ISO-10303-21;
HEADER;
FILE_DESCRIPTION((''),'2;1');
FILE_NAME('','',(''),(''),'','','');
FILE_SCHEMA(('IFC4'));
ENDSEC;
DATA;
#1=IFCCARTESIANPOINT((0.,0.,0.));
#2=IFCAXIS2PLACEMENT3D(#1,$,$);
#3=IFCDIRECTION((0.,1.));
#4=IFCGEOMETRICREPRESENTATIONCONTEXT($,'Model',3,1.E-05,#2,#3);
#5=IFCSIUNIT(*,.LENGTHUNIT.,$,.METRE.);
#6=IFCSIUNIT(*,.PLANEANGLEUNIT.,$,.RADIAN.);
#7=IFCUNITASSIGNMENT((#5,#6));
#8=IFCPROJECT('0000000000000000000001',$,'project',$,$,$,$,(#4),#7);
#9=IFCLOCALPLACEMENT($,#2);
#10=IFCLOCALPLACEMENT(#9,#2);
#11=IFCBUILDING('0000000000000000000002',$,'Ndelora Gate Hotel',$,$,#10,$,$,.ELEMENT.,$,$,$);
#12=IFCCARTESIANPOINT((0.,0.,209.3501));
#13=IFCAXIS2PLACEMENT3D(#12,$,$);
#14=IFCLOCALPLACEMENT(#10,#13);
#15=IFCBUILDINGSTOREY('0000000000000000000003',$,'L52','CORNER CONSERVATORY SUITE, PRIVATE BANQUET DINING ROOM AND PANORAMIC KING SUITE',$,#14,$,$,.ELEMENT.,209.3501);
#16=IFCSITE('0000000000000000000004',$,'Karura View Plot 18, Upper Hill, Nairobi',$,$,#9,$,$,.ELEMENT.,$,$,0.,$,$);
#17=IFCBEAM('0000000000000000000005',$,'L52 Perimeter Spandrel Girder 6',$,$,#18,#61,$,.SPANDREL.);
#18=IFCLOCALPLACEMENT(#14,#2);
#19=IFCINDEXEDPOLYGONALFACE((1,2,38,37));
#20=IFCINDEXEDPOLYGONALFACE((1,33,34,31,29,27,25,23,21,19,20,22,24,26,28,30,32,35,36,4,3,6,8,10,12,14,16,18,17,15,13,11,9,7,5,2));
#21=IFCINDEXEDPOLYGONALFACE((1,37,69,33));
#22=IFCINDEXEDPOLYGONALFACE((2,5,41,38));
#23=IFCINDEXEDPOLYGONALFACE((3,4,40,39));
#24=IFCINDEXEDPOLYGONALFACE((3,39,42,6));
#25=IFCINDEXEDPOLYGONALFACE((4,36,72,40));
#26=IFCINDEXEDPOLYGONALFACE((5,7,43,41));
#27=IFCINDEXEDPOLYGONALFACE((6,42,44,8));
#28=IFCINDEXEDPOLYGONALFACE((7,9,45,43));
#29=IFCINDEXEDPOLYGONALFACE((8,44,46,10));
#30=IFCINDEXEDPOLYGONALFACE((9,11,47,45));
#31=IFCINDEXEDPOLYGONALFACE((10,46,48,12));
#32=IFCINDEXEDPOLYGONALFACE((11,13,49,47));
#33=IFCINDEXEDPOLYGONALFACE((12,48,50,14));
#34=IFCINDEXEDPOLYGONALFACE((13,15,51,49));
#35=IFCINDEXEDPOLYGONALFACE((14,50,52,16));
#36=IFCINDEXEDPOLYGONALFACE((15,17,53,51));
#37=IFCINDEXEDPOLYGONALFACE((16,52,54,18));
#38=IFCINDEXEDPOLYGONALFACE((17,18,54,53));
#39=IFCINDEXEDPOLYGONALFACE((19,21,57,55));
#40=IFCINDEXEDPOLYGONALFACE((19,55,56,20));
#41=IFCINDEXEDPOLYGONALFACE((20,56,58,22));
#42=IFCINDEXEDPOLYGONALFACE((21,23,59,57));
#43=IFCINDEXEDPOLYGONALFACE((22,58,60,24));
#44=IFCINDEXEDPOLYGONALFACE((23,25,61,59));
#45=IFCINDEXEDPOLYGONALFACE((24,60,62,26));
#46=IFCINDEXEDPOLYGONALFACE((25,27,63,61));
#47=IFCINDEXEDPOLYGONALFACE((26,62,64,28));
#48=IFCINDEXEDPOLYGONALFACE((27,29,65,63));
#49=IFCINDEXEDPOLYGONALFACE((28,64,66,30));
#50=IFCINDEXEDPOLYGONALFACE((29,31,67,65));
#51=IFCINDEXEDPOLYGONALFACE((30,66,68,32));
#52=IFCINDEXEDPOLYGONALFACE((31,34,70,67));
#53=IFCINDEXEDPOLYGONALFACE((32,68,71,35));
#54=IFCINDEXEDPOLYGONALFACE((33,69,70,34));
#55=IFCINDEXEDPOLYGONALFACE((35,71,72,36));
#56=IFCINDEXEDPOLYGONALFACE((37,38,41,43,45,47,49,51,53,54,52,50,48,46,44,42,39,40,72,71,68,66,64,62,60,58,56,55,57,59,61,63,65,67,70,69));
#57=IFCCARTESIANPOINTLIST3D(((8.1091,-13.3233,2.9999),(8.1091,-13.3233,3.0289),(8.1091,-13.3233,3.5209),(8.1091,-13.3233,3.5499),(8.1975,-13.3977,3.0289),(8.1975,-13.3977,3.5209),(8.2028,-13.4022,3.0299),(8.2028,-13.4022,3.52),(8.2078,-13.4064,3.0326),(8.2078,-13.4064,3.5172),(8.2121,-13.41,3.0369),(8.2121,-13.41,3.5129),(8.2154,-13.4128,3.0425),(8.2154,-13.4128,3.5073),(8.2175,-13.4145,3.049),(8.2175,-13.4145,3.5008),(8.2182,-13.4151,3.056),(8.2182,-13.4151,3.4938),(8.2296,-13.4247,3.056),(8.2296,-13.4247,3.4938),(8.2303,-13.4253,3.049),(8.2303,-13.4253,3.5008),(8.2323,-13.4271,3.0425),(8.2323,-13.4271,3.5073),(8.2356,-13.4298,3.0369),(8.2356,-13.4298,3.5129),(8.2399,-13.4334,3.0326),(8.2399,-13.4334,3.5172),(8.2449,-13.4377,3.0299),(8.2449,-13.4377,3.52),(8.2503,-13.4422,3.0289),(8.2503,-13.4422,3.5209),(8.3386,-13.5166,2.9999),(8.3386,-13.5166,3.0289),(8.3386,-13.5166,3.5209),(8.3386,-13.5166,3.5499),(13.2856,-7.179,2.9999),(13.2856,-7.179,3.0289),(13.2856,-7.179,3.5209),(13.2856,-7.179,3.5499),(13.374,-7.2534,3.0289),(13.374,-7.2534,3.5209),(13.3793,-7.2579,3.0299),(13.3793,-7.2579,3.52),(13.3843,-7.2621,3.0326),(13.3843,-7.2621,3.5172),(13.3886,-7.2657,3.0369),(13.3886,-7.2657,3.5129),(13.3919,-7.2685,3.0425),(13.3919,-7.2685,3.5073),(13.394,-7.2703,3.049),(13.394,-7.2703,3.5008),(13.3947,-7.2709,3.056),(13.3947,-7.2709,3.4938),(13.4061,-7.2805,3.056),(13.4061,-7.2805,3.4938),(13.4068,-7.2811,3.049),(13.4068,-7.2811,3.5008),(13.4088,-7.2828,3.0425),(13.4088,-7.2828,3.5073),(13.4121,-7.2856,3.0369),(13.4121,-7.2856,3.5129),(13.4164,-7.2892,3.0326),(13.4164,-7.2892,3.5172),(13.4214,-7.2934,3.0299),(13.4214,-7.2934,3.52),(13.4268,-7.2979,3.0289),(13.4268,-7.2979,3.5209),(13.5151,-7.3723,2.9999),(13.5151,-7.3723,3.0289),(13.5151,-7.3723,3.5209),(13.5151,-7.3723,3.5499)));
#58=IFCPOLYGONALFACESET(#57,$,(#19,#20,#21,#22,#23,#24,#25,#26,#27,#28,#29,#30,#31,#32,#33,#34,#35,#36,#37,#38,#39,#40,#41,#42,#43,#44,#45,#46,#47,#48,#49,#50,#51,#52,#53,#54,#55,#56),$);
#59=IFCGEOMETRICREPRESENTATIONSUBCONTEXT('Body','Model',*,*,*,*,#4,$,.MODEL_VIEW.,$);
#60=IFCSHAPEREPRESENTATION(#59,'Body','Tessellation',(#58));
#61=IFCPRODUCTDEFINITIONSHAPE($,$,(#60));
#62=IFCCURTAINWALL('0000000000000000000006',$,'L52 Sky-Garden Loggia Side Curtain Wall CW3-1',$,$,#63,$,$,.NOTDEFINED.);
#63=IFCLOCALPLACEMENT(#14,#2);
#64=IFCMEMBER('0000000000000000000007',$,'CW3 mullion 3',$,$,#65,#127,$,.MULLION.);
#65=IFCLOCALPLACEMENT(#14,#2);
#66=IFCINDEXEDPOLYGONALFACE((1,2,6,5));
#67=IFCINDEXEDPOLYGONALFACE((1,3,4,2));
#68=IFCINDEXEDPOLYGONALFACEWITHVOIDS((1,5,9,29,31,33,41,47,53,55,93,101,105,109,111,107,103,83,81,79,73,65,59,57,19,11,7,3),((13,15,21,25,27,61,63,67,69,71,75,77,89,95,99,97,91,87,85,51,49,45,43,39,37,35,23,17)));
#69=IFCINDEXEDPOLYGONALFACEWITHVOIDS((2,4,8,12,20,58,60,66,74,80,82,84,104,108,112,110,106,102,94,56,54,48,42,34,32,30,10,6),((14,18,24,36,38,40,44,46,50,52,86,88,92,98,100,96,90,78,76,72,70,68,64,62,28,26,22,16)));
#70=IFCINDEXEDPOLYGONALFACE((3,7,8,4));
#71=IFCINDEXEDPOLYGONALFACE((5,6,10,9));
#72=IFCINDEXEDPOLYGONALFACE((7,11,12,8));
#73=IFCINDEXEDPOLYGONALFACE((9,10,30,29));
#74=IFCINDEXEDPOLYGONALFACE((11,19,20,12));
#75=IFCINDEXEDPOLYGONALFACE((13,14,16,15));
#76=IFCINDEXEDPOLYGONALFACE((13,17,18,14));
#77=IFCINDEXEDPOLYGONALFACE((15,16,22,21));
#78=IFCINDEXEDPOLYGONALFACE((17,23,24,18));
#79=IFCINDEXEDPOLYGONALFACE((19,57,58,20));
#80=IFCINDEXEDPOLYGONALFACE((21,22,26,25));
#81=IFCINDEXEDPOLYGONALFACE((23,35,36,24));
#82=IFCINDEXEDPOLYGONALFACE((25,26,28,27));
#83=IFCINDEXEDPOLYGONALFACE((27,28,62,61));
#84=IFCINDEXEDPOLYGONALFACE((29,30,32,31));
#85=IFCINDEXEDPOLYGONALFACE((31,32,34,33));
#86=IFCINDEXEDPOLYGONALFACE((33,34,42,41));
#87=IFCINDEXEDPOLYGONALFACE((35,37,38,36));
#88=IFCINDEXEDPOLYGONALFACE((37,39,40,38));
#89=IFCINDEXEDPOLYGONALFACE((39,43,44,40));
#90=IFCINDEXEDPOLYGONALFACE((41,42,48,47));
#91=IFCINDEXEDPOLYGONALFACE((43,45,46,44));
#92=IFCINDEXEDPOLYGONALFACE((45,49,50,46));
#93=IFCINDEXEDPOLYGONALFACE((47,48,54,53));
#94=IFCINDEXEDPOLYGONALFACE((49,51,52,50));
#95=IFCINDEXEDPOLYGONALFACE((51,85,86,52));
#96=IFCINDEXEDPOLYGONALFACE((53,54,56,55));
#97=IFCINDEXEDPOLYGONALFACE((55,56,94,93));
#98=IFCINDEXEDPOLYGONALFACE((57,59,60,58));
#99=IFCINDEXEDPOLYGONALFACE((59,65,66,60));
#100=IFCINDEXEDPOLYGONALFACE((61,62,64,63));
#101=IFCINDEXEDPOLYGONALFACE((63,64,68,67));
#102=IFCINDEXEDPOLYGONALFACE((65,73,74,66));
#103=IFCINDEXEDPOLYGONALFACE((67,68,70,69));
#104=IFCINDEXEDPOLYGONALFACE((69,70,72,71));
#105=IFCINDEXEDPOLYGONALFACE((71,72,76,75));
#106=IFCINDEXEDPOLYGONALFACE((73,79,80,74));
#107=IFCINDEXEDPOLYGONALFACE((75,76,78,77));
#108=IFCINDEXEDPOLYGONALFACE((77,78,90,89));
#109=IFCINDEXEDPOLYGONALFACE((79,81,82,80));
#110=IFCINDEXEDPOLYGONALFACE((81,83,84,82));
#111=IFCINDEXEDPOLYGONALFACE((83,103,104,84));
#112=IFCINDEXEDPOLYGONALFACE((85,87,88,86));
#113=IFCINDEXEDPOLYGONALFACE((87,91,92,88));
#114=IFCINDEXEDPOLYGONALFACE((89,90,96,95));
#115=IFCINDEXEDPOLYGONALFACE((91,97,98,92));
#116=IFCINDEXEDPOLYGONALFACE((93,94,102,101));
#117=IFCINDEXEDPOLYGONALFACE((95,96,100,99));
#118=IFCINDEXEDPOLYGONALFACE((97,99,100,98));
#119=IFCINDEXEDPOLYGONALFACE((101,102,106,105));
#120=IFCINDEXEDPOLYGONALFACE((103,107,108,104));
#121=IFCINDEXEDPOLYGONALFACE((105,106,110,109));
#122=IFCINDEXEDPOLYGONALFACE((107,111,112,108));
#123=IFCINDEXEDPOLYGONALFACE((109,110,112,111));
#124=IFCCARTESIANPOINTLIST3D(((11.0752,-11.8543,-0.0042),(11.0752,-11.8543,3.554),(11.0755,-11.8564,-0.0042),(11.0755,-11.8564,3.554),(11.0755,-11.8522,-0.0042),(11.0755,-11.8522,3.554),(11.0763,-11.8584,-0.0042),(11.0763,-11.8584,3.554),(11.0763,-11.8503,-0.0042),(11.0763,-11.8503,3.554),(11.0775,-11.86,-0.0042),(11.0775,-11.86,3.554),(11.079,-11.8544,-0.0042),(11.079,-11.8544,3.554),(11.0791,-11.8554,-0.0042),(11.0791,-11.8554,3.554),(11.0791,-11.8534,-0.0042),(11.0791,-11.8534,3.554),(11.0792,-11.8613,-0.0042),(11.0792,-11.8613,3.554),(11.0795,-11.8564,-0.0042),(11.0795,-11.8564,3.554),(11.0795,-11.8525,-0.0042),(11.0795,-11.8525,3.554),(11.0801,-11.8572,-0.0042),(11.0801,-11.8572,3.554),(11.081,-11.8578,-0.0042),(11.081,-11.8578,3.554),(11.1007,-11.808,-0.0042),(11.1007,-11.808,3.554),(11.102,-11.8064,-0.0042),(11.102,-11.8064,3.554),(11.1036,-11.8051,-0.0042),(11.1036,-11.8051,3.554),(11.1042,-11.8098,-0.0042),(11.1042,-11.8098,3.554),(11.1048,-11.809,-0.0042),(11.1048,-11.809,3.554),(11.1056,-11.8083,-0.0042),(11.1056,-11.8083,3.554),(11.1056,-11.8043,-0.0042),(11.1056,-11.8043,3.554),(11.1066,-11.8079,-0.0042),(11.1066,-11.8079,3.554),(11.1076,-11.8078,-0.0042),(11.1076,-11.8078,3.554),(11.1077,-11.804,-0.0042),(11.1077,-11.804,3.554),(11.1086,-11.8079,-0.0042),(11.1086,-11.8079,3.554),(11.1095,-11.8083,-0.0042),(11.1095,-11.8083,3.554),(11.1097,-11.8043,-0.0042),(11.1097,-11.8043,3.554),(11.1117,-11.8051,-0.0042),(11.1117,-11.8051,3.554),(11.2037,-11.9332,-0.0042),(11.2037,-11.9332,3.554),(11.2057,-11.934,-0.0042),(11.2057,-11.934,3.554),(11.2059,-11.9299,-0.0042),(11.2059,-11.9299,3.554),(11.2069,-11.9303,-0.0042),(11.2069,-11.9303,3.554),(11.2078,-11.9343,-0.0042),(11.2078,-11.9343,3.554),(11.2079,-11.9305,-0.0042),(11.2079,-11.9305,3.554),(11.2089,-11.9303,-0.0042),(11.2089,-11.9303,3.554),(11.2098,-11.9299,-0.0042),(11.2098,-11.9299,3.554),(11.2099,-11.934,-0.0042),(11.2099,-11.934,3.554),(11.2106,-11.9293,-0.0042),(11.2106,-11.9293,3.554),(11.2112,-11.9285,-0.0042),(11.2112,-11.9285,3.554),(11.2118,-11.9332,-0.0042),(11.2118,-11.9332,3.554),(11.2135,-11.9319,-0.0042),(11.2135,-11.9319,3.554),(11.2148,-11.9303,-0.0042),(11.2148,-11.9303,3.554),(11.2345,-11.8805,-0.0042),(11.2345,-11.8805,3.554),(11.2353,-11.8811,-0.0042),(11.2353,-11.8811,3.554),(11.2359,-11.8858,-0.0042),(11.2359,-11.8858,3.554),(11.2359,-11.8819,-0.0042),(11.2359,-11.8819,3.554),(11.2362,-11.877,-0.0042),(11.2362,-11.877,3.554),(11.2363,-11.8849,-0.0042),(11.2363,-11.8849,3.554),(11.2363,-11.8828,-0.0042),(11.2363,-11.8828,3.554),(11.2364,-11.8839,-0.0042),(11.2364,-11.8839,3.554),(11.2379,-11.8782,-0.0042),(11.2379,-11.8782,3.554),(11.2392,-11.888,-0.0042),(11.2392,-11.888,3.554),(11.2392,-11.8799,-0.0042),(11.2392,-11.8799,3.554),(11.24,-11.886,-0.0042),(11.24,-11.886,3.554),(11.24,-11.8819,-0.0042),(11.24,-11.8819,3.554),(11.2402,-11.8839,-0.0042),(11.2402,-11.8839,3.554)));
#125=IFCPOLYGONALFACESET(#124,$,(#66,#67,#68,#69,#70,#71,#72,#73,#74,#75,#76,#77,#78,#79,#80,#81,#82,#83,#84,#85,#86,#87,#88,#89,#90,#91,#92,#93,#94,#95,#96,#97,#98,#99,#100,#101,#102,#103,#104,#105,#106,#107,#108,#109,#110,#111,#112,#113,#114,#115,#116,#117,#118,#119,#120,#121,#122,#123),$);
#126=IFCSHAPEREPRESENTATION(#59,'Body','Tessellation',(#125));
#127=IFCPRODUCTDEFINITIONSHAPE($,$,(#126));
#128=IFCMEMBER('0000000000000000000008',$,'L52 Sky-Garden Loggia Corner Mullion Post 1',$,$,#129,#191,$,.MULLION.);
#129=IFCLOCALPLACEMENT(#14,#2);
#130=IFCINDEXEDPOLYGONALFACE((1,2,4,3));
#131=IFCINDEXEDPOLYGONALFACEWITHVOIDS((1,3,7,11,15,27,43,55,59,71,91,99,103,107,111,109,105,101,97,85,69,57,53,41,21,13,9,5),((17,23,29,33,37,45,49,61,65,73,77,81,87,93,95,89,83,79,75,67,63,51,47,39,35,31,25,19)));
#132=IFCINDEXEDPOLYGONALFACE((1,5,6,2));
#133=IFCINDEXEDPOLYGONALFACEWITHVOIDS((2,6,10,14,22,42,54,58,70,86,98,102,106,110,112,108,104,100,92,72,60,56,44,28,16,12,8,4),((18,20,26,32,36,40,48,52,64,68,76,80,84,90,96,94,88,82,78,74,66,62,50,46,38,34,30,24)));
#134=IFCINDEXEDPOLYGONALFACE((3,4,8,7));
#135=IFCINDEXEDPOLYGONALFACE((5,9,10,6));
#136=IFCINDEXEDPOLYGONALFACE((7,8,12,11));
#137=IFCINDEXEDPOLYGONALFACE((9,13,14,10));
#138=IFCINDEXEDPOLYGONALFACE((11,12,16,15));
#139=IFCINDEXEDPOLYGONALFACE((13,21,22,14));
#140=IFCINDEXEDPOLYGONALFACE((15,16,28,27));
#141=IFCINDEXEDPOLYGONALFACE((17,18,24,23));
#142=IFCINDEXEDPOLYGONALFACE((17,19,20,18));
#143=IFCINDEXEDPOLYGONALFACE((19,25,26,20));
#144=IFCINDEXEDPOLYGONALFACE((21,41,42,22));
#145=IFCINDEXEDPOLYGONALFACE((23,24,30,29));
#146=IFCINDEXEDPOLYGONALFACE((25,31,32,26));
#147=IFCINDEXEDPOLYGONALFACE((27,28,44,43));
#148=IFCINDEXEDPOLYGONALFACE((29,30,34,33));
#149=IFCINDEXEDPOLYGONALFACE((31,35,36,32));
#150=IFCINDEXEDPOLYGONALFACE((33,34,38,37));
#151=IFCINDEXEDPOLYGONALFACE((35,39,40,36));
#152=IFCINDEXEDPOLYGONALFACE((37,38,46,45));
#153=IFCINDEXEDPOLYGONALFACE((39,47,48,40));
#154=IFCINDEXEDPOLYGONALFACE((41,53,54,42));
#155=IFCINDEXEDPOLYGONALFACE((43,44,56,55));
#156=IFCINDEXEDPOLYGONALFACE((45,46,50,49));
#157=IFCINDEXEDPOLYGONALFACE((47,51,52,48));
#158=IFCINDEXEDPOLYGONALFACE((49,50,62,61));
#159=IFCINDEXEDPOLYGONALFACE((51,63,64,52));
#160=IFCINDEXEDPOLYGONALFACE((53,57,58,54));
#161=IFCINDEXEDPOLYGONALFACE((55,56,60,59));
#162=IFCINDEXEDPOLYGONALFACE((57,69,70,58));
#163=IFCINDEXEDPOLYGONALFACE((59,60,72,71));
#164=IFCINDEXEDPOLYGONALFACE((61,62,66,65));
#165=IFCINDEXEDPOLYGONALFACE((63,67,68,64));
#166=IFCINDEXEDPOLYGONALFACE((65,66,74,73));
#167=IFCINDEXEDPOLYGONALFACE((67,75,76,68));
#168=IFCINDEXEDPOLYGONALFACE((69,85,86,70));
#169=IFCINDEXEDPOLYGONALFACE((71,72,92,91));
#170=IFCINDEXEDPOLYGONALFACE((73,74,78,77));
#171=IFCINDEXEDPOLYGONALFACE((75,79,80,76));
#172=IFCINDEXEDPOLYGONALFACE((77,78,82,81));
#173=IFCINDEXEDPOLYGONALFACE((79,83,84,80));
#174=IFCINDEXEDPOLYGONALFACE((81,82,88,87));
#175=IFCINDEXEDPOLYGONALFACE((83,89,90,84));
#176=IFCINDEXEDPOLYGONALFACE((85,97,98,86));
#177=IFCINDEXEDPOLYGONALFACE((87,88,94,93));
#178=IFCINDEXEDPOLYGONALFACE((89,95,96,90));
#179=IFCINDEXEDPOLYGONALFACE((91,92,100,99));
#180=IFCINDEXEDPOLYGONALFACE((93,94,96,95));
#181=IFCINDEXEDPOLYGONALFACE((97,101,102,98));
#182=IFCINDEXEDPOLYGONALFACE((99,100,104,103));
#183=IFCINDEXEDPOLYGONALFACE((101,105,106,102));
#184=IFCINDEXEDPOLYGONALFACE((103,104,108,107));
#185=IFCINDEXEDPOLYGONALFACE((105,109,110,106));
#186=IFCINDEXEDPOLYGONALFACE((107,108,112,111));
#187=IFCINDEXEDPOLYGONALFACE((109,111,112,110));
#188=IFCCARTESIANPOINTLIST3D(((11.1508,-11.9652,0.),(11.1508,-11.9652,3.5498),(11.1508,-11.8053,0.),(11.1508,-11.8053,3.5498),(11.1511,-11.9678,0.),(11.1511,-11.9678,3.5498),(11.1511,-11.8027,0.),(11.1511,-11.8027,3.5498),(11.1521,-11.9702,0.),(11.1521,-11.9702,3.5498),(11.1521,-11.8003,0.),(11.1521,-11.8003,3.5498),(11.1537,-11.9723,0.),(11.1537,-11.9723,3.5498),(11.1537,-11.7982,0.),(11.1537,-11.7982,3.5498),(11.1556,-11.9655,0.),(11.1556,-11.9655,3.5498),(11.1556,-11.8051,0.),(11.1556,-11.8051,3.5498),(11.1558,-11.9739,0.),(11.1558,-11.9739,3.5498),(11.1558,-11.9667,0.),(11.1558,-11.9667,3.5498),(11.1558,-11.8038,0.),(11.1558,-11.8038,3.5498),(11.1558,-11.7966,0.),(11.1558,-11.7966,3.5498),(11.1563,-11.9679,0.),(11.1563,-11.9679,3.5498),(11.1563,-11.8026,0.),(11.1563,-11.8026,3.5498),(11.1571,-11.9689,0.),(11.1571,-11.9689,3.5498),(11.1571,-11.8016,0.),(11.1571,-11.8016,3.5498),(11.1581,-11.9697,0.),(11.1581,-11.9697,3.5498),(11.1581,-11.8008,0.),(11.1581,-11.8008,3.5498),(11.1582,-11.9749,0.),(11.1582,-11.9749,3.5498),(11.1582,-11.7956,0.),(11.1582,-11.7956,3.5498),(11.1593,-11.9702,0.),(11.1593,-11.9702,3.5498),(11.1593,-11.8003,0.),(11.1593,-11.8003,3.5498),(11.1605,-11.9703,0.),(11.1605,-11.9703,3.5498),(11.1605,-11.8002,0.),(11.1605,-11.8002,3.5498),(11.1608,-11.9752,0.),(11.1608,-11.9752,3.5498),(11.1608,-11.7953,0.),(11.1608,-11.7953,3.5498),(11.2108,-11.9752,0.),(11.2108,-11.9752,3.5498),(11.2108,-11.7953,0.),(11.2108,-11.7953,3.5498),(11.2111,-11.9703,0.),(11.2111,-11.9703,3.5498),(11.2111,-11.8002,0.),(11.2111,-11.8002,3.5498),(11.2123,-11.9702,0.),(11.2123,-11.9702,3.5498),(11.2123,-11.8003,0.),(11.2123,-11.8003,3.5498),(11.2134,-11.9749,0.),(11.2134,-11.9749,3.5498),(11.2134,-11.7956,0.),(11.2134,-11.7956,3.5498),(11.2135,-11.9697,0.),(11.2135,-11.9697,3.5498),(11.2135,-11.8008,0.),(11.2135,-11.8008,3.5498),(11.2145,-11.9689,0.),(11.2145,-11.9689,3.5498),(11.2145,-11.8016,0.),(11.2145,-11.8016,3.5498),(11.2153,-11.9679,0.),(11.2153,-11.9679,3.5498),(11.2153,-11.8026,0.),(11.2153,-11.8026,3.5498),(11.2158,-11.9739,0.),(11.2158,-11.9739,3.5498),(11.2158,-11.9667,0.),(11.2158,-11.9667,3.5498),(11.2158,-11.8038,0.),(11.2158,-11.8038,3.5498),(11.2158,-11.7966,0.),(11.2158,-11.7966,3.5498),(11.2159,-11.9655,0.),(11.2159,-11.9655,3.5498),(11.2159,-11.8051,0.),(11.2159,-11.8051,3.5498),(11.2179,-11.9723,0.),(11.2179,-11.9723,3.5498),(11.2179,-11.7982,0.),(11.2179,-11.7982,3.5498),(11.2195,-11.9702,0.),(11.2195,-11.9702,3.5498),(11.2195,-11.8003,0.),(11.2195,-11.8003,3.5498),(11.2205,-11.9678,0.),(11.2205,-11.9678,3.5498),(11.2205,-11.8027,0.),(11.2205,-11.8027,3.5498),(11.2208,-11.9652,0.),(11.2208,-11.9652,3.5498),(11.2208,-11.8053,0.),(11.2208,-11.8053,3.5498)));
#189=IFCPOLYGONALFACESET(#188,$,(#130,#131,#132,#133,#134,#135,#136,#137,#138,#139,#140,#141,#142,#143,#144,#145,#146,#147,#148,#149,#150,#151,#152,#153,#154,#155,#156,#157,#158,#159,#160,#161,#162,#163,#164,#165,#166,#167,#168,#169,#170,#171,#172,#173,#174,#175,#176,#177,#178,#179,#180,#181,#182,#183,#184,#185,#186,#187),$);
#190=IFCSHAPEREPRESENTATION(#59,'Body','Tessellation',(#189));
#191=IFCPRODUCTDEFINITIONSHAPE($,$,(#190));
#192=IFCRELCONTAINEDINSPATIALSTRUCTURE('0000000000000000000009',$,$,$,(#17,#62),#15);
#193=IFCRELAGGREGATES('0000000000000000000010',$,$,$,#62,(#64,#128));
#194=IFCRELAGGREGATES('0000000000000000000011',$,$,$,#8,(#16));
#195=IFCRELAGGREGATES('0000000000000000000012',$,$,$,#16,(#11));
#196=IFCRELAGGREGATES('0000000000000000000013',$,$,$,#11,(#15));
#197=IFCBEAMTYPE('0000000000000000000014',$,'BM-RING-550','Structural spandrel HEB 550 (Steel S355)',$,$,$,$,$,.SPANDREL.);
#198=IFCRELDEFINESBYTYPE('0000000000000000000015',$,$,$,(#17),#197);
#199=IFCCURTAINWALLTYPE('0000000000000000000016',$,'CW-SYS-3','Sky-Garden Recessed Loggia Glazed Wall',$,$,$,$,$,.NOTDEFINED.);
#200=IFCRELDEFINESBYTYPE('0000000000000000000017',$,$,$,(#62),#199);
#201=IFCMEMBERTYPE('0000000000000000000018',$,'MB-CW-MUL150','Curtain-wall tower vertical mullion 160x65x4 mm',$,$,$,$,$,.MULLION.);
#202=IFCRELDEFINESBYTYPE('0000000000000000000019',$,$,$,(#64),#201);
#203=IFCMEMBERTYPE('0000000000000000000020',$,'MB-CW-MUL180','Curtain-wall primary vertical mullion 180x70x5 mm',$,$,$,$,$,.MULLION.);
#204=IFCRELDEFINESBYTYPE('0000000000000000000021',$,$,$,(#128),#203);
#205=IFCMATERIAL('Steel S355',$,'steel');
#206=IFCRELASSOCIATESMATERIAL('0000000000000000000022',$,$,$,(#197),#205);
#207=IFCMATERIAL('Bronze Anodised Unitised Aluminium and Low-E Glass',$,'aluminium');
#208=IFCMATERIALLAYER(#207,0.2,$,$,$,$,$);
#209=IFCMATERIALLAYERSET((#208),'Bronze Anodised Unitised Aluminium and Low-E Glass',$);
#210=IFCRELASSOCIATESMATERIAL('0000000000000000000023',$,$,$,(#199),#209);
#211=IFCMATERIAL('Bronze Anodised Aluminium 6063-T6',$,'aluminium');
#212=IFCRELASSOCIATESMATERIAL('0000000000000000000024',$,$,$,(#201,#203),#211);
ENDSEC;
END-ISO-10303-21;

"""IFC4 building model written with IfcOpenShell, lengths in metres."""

from ifc_helpers import new_model, si_unit, direction, frame, origin, origin_2d, place, context, subcontext, project, spatial, hollow_rectangle, i_section, extrude, material, layer, layer_set, material_profile, profile_set, type_object, element, aggregate, save


model = new_model("IFC4")

# Units and contexts
model_context = context("Model", 3, precision=1e-05, world=origin(), true_north=direction((0.0, 1.0)))
body_context = subcontext(model_context, "Body", "Model", "MODEL_VIEW")
ifc_project = project(units=[si_unit("LENGTHUNIT", "METRE"), si_unit("PLANEANGLEUNIT", "RADIAN")], contexts=[model_context])

# Site, building, storey
site_placement = place(None, origin())
site = spatial("IfcSite", under=ifc_project, at=site_placement, Name="Karura View Plot 18, Upper Hill, Nairobi", CompositionType="ELEMENT", RefElevation=0.0)
building_placement = place(site_placement, origin())
building = spatial("IfcBuilding", under=site, at=building_placement, Name="Ndelora Gate Hotel", CompositionType="ELEMENT")
storey_placement = place(building_placement, frame((0.0, 0.0, 209.3501)))
storey = spatial("IfcBuildingStorey", under=building, at=storey_placement, Name="L52", Description="CORNER CONSERVATORY SUITE, PRIVATE BANQUET DINING ROOM AND PANORAMIC KING SUITE", CompositionType="ELEMENT", Elevation=209.3501)

# Beam
ifc_material_1 = material(Name="Steel S355", Category="steel")
ifc_material_profile_1 = material_profile(ifc_material_1, i_section(OverallWidth=0.3, OverallDepth=0.55, WebThickness=0.0149, FlangeThickness=0.0291, FilletRadius=0.0271, at=origin_2d()), Name="HEB 550")
ifc_profile_set_1 = profile_set([ifc_material_profile_1], Name="Steel S355")
beam_type_1 = type_object("IfcBeamType", Name="BM-RING-550", Description="Structural spandrel HEB 550 (Steel S355)", PredefinedType="SPANDREL", material=ifc_profile_set_1)
beam_1_placement = place(storey_placement, frame((8.2239, -13.4199, 3.2749), z_axis=(0.644309, 0.764765, 0.0), x_axis=(-0.764765, 0.644309, 0.0)))
element("IfcBeam", 1, at=beam_1_placement, inside=storey, type_object=beam_type_1, Name="L52 Perimeter Spandrel Girder 6", PredefinedType="SPANDREL", context=body_context, shape_type="SweptSolid", body=[
    extrude(i_section(OverallWidth=0.3, OverallDepth=0.55, WebThickness=0.0149, FlangeThickness=0.0291, FilletRadius=0.0271, at=origin_2d()), origin(), (0.0, 0.0, 1.0), 8.0342),
])

# Curtain wall, members
ifc_material_2 = material(Name="Bronze Anodised Unitised Aluminium and Low-E Glass", Category="aluminium")
ifc_layer_1 = layer(ifc_material_2, 0.2)
ifc_layer_set_1 = layer_set([ifc_layer_1], Name="Bronze Anodised Unitised Aluminium and Low-E Glass")
curtain_wall_type = type_object("IfcCurtainWallType", Name="CW-SYS-3", Description="Sky-Garden Recessed Loggia Glazed Wall", PredefinedType="NOTDEFINED", material=ifc_layer_set_1)
curtain_wall_placement = place(storey_placement, origin())
curtain_wall = element("IfcCurtainWall", 2, at=curtain_wall_placement, inside=storey, type_object=curtain_wall_type, Name="L52 Sky-Garden Loggia Side Curtain Wall CW3-1", PredefinedType="NOTDEFINED")
ifc_material_3 = material(Name="Bronze Anodised Aluminium 6063-T6", Category="aluminium")
ifc_material_profile_2 = material_profile(ifc_material_3, hollow_rectangle(XDim=0.0649, YDim=0.1599, WallThickness=0.0039, InnerFilletRadius=0.0039, OuterFilletRadius=0.0081, at=origin_2d()), Name="ALU 160x65x4")
ifc_profile_set_2 = profile_set([ifc_material_profile_2], Name="Bronze Anodised Aluminium 6063-T6")
member_type_1 = type_object("IfcMemberType", Name="MB-CW-MUL150", Description="Curtain-wall tower vertical mullion 160x65x4 mm", PredefinedType="MULLION", material=ifc_profile_set_2)
member_1_placement = place(storey_placement, frame((11.1577, -11.8691, -0.0042), z_axis=(0.0, 0.0, 1.0), x_axis=(0.499991, 0.86603, 0.0)))
member_1 = element("IfcMember", 3, at=member_1_placement, type_object=member_type_1, Name="CW3 mullion 3", PredefinedType="MULLION", context=body_context, shape_type="SweptSolid", body=[
    extrude(hollow_rectangle(XDim=0.0649, YDim=0.1599, WallThickness=0.0039, InnerFilletRadius=0.0039, OuterFilletRadius=0.0081, at=origin_2d()), origin(), (0.0, 0.0, 1.0), 3.5581),
])
ifc_material_profile_3 = material_profile(ifc_material_3, hollow_rectangle(XDim=0.0701, YDim=0.1799, WallThickness=0.0049, InnerFilletRadius=0.0049, OuterFilletRadius=0.01, at=origin_2d()), Name="ALU 180x70x5")
ifc_profile_set_3 = profile_set([ifc_material_profile_3], Name="Bronze Anodised Aluminium 6063-T6")
member_type_2 = type_object("IfcMemberType", Name="MB-CW-MUL180", Description="Curtain-wall primary vertical mullion 180x70x5 mm", PredefinedType="MULLION", material=ifc_profile_set_3)
member_2_placement = place(storey_placement, frame((11.1858, -11.8853, 0.0), z_axis=(0.0, 0.0, 1.0), x_axis=(1.0, 0.0, 0.0)))
member_2 = element("IfcMember", 4, at=member_2_placement, type_object=member_type_2, Name="L52 Sky-Garden Loggia Corner Mullion Post 1", PredefinedType="MULLION", context=body_context, shape_type="SweptSolid", body=[
    extrude(hollow_rectangle(XDim=0.0701, YDim=0.1799, WallThickness=0.0049, InnerFilletRadius=0.0049, OuterFilletRadius=0.01, at=origin_2d()), origin(), (0.0, 0.0, 1.0), 3.5498),
])
aggregate(curtain_wall, [member_1, member_2])

save(model, "model.ifc")
